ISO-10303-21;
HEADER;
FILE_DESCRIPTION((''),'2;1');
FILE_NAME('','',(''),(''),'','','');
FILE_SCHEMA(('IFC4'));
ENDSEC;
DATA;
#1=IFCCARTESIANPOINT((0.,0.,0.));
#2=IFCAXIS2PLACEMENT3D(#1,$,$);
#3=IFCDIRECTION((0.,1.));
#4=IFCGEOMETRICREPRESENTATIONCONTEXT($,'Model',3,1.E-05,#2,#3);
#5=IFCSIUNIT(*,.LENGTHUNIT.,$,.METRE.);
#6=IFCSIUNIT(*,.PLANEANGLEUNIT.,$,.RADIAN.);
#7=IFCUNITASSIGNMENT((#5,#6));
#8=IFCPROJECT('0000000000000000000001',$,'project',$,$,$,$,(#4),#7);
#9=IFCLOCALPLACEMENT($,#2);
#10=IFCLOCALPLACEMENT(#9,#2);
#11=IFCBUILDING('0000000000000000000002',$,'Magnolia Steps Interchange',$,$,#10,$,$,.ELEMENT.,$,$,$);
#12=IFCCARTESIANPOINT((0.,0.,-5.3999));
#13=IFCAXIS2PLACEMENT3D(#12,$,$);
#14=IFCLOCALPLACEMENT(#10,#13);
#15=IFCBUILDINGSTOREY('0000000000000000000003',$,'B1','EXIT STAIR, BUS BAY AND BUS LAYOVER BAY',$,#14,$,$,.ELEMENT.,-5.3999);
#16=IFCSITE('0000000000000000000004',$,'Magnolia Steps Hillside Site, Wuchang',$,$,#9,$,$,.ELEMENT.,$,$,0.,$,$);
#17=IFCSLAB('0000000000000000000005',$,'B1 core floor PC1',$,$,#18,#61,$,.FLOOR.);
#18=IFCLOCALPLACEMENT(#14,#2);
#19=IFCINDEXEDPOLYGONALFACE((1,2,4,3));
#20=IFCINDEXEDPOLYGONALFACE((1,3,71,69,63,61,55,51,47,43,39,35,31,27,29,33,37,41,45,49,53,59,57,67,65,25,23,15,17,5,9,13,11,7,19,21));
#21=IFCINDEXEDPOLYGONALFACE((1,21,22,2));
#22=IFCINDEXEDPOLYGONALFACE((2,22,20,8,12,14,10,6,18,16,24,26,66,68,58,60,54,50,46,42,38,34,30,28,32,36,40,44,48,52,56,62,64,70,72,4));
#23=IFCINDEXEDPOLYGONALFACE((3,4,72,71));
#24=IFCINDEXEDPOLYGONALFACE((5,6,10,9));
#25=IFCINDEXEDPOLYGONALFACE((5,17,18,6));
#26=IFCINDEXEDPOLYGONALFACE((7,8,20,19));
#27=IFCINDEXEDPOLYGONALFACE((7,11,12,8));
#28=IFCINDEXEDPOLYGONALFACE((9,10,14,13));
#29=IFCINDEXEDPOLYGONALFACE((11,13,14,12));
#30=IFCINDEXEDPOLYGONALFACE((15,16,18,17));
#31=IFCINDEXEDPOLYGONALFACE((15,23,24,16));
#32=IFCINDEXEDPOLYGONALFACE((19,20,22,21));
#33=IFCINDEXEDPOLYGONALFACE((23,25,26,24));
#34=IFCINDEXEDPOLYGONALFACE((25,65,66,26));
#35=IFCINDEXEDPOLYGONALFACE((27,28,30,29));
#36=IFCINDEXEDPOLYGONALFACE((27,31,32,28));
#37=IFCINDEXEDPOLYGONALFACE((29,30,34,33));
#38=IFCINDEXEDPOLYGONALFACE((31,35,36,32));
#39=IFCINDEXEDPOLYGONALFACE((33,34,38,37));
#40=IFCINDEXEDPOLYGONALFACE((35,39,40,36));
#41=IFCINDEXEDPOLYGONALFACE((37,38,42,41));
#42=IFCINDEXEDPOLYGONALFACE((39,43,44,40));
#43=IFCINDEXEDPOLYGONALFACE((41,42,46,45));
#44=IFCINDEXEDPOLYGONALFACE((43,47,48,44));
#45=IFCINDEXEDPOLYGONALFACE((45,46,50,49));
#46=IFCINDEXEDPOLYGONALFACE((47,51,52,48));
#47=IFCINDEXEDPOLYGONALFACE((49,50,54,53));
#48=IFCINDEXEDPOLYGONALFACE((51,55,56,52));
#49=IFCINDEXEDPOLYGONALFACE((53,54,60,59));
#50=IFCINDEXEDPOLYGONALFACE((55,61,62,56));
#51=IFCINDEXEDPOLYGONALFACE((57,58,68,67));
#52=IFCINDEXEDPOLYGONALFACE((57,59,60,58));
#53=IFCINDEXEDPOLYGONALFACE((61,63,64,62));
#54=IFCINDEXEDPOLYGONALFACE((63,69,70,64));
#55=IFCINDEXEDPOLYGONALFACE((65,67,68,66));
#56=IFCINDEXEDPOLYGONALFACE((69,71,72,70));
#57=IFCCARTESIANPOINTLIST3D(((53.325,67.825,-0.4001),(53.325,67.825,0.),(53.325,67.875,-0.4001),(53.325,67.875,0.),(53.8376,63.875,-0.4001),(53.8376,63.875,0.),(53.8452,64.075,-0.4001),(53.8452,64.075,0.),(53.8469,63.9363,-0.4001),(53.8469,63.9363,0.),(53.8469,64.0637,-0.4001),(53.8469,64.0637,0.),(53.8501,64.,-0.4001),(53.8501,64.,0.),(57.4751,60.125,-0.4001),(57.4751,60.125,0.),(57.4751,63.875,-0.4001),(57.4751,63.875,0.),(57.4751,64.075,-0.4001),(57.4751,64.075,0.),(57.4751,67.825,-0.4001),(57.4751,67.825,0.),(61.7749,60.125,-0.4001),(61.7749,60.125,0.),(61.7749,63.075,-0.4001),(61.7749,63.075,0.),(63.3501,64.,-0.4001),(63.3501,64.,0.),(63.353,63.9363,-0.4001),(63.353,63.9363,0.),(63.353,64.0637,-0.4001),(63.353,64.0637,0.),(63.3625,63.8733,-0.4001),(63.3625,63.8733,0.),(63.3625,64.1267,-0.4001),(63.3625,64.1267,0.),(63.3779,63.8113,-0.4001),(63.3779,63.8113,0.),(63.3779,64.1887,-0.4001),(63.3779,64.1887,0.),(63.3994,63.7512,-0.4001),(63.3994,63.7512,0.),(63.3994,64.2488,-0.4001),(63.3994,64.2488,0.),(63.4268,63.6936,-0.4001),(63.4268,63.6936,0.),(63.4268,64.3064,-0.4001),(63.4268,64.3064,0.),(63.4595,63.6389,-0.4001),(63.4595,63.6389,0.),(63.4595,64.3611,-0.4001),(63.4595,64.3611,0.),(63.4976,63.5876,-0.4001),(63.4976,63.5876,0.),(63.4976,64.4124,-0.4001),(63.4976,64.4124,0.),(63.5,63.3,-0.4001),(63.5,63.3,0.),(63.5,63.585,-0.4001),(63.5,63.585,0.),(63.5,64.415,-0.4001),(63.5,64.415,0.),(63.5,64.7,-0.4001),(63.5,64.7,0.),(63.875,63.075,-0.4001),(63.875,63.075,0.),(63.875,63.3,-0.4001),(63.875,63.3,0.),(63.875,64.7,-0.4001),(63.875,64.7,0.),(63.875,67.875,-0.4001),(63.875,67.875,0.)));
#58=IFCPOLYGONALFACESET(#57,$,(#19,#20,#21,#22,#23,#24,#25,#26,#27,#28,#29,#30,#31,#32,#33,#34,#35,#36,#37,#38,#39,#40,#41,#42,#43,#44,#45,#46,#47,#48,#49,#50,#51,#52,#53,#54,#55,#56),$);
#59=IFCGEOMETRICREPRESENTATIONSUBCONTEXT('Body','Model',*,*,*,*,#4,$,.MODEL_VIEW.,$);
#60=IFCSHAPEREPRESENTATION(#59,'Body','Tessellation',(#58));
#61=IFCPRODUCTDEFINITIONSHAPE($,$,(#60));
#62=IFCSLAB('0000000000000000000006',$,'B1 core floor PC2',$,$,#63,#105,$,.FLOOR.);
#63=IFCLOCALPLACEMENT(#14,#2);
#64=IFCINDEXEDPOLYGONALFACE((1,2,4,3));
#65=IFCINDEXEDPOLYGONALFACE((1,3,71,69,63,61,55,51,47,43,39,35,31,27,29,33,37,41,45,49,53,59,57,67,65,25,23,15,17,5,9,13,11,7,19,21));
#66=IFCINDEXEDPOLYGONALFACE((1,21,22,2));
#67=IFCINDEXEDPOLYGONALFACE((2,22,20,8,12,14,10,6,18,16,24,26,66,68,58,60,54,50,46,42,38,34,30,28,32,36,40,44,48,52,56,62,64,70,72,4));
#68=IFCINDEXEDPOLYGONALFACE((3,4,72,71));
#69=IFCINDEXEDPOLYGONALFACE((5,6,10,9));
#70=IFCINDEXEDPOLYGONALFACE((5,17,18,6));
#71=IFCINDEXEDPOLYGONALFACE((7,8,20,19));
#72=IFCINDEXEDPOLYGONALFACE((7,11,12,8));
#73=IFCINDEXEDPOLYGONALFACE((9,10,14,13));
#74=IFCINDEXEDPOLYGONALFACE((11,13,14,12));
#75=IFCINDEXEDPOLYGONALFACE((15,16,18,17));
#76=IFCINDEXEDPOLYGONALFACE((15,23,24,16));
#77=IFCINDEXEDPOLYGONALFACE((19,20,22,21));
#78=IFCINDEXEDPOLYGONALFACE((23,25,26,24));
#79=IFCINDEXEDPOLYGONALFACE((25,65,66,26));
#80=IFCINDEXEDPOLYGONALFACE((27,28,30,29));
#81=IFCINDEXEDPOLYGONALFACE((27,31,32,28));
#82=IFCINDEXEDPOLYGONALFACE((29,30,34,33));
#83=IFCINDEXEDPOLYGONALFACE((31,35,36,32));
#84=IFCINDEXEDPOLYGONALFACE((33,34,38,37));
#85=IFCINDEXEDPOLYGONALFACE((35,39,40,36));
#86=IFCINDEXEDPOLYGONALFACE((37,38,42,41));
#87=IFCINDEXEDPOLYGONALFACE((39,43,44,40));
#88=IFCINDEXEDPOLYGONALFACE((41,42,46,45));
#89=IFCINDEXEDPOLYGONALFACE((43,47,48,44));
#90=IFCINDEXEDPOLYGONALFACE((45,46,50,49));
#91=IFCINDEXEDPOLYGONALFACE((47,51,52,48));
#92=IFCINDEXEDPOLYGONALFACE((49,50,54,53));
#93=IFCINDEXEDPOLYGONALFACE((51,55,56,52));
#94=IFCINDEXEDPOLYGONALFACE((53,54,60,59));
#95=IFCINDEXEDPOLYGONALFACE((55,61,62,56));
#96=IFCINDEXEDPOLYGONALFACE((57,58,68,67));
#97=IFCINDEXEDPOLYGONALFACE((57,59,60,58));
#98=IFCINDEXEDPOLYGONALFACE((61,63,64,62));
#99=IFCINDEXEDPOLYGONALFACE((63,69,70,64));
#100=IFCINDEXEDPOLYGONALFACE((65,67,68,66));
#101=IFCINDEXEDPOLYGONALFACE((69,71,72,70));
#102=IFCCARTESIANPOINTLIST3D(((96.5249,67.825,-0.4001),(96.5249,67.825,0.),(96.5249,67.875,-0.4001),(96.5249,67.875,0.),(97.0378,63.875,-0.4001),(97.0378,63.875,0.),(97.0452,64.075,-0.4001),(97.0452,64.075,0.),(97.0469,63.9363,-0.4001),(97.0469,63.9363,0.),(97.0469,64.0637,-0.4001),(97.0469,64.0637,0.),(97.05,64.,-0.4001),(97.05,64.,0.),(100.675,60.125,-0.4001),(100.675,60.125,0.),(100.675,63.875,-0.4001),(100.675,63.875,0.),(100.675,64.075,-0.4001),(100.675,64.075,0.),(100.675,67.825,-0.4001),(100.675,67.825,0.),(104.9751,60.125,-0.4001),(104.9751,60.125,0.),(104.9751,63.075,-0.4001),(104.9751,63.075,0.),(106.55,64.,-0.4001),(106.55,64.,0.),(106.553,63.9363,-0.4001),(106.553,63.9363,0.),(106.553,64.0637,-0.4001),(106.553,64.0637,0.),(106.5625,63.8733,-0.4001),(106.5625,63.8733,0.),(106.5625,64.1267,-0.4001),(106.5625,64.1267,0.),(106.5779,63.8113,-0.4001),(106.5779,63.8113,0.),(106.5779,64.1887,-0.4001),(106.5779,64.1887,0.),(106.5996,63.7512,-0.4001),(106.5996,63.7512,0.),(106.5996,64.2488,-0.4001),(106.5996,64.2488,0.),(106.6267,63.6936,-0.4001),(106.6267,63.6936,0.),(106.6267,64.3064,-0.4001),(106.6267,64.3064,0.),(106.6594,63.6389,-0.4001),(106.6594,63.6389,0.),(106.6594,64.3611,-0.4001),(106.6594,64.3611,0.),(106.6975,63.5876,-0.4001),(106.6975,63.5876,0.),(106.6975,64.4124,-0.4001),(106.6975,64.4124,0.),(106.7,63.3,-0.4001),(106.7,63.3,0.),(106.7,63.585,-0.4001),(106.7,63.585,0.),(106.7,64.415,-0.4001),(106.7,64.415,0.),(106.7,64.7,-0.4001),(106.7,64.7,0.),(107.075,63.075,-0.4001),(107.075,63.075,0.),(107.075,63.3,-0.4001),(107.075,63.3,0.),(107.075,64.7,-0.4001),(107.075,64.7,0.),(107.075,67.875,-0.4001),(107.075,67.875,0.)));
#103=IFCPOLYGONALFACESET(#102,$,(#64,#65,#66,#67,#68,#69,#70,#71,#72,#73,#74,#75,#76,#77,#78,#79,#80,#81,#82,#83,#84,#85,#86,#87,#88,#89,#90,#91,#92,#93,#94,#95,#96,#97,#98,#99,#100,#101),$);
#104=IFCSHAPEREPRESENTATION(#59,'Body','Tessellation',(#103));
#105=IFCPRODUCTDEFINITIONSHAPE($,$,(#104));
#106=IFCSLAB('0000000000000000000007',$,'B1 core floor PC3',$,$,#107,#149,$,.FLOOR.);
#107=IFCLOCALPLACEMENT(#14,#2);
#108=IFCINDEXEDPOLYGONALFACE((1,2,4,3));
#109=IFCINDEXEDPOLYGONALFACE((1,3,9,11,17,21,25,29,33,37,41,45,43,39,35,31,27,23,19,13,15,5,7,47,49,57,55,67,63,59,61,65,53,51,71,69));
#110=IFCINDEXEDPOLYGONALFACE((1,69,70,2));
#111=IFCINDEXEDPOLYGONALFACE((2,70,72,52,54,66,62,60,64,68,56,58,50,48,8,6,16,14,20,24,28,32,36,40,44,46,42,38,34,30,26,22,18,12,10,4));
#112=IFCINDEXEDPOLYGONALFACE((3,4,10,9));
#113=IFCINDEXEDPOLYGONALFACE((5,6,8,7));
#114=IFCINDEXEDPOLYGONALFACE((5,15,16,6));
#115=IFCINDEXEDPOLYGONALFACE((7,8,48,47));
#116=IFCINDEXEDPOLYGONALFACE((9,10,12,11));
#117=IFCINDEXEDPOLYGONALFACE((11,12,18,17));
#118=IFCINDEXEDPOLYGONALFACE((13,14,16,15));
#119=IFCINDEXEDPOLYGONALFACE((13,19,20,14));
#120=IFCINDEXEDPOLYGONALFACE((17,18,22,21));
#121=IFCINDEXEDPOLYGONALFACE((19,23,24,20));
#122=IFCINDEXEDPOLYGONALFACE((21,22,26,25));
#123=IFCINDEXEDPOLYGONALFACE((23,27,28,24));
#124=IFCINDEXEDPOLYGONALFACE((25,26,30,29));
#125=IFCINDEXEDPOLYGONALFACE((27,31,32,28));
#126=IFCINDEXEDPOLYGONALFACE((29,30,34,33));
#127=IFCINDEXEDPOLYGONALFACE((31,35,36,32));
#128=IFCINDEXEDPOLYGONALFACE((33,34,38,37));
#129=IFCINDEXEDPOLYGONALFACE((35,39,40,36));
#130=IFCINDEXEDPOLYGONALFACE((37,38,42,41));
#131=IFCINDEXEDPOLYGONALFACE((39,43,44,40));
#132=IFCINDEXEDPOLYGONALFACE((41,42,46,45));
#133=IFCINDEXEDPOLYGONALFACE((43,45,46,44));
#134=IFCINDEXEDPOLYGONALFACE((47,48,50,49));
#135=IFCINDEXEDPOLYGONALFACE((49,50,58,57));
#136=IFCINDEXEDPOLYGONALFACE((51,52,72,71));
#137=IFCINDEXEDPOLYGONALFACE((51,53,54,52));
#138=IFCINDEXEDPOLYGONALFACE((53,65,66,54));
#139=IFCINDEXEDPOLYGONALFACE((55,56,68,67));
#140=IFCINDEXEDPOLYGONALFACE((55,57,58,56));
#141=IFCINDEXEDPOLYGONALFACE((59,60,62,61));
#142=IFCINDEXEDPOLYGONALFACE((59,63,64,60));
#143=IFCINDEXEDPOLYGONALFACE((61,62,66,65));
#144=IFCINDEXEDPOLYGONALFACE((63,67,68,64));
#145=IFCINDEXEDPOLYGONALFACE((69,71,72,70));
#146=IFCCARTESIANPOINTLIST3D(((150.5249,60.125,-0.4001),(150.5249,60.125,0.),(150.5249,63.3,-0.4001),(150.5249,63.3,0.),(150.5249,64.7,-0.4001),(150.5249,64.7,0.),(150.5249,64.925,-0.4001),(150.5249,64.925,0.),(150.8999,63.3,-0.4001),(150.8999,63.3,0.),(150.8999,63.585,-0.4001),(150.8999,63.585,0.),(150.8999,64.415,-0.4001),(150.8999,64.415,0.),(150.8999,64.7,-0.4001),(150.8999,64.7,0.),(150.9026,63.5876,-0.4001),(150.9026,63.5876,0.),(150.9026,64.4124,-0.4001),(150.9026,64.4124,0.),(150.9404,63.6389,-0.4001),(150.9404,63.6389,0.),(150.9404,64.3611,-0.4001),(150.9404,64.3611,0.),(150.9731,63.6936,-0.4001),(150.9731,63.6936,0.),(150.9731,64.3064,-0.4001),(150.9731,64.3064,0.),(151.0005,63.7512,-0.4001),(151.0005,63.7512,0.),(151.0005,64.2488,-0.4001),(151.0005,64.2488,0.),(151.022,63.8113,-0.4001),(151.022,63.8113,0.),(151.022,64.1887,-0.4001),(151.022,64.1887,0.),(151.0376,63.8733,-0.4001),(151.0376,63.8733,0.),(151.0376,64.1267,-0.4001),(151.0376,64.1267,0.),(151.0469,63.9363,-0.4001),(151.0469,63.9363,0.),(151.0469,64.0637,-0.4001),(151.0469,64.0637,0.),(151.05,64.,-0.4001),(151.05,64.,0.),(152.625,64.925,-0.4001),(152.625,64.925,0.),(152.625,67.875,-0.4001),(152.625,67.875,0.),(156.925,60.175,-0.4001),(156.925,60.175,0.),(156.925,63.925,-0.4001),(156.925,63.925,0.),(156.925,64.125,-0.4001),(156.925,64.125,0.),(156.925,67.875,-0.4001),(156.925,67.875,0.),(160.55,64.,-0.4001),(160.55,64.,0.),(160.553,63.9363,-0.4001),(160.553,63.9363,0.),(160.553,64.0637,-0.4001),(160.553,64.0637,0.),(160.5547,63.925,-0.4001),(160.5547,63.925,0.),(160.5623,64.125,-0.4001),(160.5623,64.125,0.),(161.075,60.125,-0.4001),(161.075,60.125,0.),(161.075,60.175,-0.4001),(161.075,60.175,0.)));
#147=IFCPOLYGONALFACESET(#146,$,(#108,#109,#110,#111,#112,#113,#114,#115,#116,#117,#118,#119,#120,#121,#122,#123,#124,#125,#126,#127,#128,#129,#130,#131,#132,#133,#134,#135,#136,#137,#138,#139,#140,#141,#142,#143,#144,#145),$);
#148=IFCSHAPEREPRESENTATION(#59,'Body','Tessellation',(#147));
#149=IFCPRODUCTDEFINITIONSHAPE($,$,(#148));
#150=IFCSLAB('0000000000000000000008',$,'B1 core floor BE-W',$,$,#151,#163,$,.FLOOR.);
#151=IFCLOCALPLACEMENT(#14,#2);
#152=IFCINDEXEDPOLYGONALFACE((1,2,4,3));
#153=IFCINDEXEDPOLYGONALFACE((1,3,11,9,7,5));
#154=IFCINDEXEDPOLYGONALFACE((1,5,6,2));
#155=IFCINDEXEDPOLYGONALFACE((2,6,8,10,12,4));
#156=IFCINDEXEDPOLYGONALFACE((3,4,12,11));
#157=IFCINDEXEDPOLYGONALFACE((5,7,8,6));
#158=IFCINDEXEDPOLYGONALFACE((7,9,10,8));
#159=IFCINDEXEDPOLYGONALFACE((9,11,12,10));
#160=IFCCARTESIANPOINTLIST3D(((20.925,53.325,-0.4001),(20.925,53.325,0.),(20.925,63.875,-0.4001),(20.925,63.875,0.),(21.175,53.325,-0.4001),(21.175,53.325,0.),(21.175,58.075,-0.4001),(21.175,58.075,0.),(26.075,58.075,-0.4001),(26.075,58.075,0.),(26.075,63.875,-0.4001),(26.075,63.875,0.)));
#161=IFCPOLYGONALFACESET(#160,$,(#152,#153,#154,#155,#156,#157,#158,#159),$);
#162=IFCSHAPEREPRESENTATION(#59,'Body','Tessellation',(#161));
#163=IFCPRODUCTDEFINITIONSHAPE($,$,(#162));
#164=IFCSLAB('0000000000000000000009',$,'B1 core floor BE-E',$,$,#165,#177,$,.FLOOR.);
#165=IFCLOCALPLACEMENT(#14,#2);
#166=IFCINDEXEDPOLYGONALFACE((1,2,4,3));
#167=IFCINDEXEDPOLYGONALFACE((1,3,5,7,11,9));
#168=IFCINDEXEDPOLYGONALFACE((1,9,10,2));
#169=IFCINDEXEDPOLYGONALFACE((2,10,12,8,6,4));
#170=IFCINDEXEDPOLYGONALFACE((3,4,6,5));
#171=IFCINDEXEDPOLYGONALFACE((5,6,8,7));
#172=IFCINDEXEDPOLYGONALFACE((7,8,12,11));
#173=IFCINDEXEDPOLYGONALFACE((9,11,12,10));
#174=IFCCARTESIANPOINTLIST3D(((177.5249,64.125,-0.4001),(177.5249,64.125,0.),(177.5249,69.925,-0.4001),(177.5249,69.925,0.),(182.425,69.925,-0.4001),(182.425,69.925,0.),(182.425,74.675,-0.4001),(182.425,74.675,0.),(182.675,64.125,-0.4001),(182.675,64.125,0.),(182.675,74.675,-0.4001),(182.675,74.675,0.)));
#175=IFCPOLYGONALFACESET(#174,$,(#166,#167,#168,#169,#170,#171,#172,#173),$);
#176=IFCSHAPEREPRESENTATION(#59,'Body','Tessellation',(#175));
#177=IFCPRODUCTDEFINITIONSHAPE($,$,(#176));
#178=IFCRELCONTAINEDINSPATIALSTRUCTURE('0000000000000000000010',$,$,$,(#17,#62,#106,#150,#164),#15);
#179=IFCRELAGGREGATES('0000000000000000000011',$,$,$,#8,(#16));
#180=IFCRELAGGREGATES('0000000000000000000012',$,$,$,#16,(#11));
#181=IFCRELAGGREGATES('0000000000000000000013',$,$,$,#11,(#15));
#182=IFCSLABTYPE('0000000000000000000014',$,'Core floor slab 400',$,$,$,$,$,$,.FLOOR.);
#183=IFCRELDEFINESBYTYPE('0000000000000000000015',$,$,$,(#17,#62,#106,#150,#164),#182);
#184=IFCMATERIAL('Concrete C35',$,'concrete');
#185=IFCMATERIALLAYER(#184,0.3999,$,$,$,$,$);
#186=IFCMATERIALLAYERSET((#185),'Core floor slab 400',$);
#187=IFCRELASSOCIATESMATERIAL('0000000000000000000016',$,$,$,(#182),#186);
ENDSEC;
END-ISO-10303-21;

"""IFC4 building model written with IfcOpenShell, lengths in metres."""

from ifc_helpers import new_model, si_unit, direction, frame, origin, place, context, subcontext, project, spatial, polyline, outline, extrude, material, layer, layer_set, type_object, element, save


model = new_model("IFC4")

# Units and contexts
model_context = context("Model", 3, precision=1e-05, world=origin(), true_north=direction((0.0, 1.0)))
body_context = subcontext(model_context, "Body", "Model", "MODEL_VIEW")
ifc_project = project(units=[si_unit("LENGTHUNIT", "METRE"), si_unit("PLANEANGLEUNIT", "RADIAN")], contexts=[model_context])

# Site, building, storey
site_placement = place(None, origin())
site = spatial("IfcSite", under=ifc_project, at=site_placement, Name="Magnolia Steps Hillside Site, Wuchang", CompositionType="ELEMENT", RefElevation=0.0)
building_placement = place(site_placement, origin())
building = spatial("IfcBuilding", under=site, at=building_placement, Name="Magnolia Steps Interchange", CompositionType="ELEMENT")
storey_placement = place(building_placement, frame((0.0, 0.0, -5.3999)))
storey = spatial("IfcBuildingStorey", under=building, at=storey_placement, Name="B1", Description="EXIT STAIR, BUS BAY AND BUS LAYOVER BAY", CompositionType="ELEMENT", Elevation=-5.3999)

# Slabs
ifc_material_1 = material(Name="Concrete C35", Category="concrete")
ifc_layer_1 = layer(ifc_material_1, 0.3999)
ifc_layer_set_1 = layer_set([ifc_layer_1], Name="Core floor slab 400")
slab_type_1 = type_object("IfcSlabType", Name="Core floor slab 400", PredefinedType="FLOOR", material=ifc_layer_set_1)
slab_1_placement = place(storey_placement, frame((0.0, 0.0, -0.4001)))
element("IfcSlab", 1, at=slab_1_placement, inside=storey, type_object=slab_type_1, Name="B1 core floor PC1", PredefinedType="FLOOR", context=body_context, shape_type="SweptSolid", body=[
    extrude(outline(polyline([(57.4751, 63.875), (53.8376, 63.875), (53.8469, 63.9363), (53.8501, 64.0), (53.8469, 64.0637), (53.8452, 64.075), (57.4751, 64.075), (57.4751, 67.825), (53.325, 67.825), (53.325, 67.875), (63.875, 67.875), (63.875, 64.7), (63.5, 64.7), (63.5, 64.415), (63.4976, 64.4124), (63.4595, 64.3611), (63.4268, 64.3064), (63.3994, 64.2488), (63.3779, 64.1887), (63.3625, 64.1267), (63.353, 64.0637), (63.3501, 64.0), (63.353, 63.9363), (63.3625, 63.8733), (63.3779, 63.8113), (63.3994, 63.7512), (63.4268, 63.6936), (63.4595, 63.6389), (63.4976, 63.5876), (63.5, 63.585), (63.5, 63.3), (63.875, 63.3), (63.875, 63.075), (61.7749, 63.075), (61.7749, 60.125), (57.4751, 60.125), (57.4751, 63.875)])), origin(), (0.0, 0.0, 1.0), 0.4001),
])
slab_2_placement = place(storey_placement, frame((0.0, 0.0, -0.4001)))
element("IfcSlab", 2, at=slab_2_placement, inside=storey, type_object=slab_type_1, Name="B1 core floor PC2", PredefinedType="FLOOR", context=body_context, shape_type="SweptSolid", body=[
    extrude(outline(polyline([(100.675, 63.875), (97.0378, 63.875), (97.0469, 63.9363), (97.05, 64.0), (97.0469, 64.0637), (97.0452, 64.075), (100.675, 64.075), (100.675, 67.825), (96.5249, 67.825), (96.5249, 67.875), (107.075, 67.875), (107.075, 64.7), (106.7, 64.7), (106.7, 64.415), (106.6975, 64.4124), (106.6594, 64.3611), (106.6267, 64.3064), (106.5996, 64.2488), (106.5779, 64.1887), (106.5625, 64.1267), (106.553, 64.0637), (106.55, 64.0), (106.553, 63.9363), (106.5625, 63.8733), (106.5779, 63.8113), (106.5996, 63.7512), (106.6267, 63.6936), (106.6594, 63.6389), (106.6975, 63.5876), (106.7, 63.585), (106.7, 63.3), (107.075, 63.3), (107.075, 63.075), (104.9751, 63.075), (104.9751, 60.125), (100.675, 60.125), (100.675, 63.875)])), origin(), (0.0, 0.0, 1.0), 0.4001),
])
slab_3_placement = place(storey_placement, frame((0.0, 0.0, -0.4001)))
element("IfcSlab", 3, at=slab_3_placement, inside=storey, type_object=slab_type_1, Name="B1 core floor PC3", PredefinedType="FLOOR", context=body_context, shape_type="SweptSolid", body=[
    extrude(outline(polyline([(150.5249, 63.3), (150.8999, 63.3), (150.8999, 63.585), (150.9026, 63.5876), (150.9404, 63.6389), (150.9731, 63.6936), (151.0005, 63.7512), (151.022, 63.8113), (151.0376, 63.8733), (151.0469, 63.9363), (151.05, 64.0), (151.0469, 64.0637), (151.0376, 64.1267), (151.022, 64.1887), (151.0005, 64.2488), (150.9731, 64.3064), (150.9404, 64.3611), (150.9026, 64.4124), (150.8999, 64.415), (150.8999, 64.7), (150.5249, 64.7), (150.5249, 64.925), (152.625, 64.925), (152.625, 67.875), (156.925, 67.875), (156.925, 64.125), (160.5623, 64.125), (160.553, 64.0637), (160.55, 64.0), (160.553, 63.9363), (160.5547, 63.925), (156.925, 63.925), (156.925, 60.175), (161.075, 60.175), (161.075, 60.125), (150.5249, 60.125), (150.5249, 63.3)])), origin(), (0.0, 0.0, 1.0), 0.4001),
])
slab_4_placement = place(storey_placement, frame((0.0, 0.0, -0.4001)))
element("IfcSlab", 4, at=slab_4_placement, inside=storey, type_object=slab_type_1, Name="B1 core floor BE-W", PredefinedType="FLOOR", context=body_context, shape_type="SweptSolid", body=[
    extrude(outline(polyline([(20.925, 63.875), (26.075, 63.875), (26.075, 58.075), (21.175, 58.075), (21.175, 53.325), (20.925, 53.325), (20.925, 63.875)])), origin(), (0.0, 0.0, 1.0), 0.4001),
])
slab_5_placement = place(storey_placement, frame((0.0, 0.0, -0.4001)))
element("IfcSlab", 5, at=slab_5_placement, inside=storey, type_object=slab_type_1, Name="B1 core floor BE-E", PredefinedType="FLOOR", context=body_context, shape_type="SweptSolid", body=[
    extrude(outline(polyline([(177.5249, 69.925), (182.425, 69.925), (182.425, 74.675), (182.675, 74.675), (182.675, 64.125), (177.5249, 64.125), (177.5249, 69.925)])), origin(), (0.0, 0.0, 1.0), 0.4001),
])

save(model, "model.ifc")
